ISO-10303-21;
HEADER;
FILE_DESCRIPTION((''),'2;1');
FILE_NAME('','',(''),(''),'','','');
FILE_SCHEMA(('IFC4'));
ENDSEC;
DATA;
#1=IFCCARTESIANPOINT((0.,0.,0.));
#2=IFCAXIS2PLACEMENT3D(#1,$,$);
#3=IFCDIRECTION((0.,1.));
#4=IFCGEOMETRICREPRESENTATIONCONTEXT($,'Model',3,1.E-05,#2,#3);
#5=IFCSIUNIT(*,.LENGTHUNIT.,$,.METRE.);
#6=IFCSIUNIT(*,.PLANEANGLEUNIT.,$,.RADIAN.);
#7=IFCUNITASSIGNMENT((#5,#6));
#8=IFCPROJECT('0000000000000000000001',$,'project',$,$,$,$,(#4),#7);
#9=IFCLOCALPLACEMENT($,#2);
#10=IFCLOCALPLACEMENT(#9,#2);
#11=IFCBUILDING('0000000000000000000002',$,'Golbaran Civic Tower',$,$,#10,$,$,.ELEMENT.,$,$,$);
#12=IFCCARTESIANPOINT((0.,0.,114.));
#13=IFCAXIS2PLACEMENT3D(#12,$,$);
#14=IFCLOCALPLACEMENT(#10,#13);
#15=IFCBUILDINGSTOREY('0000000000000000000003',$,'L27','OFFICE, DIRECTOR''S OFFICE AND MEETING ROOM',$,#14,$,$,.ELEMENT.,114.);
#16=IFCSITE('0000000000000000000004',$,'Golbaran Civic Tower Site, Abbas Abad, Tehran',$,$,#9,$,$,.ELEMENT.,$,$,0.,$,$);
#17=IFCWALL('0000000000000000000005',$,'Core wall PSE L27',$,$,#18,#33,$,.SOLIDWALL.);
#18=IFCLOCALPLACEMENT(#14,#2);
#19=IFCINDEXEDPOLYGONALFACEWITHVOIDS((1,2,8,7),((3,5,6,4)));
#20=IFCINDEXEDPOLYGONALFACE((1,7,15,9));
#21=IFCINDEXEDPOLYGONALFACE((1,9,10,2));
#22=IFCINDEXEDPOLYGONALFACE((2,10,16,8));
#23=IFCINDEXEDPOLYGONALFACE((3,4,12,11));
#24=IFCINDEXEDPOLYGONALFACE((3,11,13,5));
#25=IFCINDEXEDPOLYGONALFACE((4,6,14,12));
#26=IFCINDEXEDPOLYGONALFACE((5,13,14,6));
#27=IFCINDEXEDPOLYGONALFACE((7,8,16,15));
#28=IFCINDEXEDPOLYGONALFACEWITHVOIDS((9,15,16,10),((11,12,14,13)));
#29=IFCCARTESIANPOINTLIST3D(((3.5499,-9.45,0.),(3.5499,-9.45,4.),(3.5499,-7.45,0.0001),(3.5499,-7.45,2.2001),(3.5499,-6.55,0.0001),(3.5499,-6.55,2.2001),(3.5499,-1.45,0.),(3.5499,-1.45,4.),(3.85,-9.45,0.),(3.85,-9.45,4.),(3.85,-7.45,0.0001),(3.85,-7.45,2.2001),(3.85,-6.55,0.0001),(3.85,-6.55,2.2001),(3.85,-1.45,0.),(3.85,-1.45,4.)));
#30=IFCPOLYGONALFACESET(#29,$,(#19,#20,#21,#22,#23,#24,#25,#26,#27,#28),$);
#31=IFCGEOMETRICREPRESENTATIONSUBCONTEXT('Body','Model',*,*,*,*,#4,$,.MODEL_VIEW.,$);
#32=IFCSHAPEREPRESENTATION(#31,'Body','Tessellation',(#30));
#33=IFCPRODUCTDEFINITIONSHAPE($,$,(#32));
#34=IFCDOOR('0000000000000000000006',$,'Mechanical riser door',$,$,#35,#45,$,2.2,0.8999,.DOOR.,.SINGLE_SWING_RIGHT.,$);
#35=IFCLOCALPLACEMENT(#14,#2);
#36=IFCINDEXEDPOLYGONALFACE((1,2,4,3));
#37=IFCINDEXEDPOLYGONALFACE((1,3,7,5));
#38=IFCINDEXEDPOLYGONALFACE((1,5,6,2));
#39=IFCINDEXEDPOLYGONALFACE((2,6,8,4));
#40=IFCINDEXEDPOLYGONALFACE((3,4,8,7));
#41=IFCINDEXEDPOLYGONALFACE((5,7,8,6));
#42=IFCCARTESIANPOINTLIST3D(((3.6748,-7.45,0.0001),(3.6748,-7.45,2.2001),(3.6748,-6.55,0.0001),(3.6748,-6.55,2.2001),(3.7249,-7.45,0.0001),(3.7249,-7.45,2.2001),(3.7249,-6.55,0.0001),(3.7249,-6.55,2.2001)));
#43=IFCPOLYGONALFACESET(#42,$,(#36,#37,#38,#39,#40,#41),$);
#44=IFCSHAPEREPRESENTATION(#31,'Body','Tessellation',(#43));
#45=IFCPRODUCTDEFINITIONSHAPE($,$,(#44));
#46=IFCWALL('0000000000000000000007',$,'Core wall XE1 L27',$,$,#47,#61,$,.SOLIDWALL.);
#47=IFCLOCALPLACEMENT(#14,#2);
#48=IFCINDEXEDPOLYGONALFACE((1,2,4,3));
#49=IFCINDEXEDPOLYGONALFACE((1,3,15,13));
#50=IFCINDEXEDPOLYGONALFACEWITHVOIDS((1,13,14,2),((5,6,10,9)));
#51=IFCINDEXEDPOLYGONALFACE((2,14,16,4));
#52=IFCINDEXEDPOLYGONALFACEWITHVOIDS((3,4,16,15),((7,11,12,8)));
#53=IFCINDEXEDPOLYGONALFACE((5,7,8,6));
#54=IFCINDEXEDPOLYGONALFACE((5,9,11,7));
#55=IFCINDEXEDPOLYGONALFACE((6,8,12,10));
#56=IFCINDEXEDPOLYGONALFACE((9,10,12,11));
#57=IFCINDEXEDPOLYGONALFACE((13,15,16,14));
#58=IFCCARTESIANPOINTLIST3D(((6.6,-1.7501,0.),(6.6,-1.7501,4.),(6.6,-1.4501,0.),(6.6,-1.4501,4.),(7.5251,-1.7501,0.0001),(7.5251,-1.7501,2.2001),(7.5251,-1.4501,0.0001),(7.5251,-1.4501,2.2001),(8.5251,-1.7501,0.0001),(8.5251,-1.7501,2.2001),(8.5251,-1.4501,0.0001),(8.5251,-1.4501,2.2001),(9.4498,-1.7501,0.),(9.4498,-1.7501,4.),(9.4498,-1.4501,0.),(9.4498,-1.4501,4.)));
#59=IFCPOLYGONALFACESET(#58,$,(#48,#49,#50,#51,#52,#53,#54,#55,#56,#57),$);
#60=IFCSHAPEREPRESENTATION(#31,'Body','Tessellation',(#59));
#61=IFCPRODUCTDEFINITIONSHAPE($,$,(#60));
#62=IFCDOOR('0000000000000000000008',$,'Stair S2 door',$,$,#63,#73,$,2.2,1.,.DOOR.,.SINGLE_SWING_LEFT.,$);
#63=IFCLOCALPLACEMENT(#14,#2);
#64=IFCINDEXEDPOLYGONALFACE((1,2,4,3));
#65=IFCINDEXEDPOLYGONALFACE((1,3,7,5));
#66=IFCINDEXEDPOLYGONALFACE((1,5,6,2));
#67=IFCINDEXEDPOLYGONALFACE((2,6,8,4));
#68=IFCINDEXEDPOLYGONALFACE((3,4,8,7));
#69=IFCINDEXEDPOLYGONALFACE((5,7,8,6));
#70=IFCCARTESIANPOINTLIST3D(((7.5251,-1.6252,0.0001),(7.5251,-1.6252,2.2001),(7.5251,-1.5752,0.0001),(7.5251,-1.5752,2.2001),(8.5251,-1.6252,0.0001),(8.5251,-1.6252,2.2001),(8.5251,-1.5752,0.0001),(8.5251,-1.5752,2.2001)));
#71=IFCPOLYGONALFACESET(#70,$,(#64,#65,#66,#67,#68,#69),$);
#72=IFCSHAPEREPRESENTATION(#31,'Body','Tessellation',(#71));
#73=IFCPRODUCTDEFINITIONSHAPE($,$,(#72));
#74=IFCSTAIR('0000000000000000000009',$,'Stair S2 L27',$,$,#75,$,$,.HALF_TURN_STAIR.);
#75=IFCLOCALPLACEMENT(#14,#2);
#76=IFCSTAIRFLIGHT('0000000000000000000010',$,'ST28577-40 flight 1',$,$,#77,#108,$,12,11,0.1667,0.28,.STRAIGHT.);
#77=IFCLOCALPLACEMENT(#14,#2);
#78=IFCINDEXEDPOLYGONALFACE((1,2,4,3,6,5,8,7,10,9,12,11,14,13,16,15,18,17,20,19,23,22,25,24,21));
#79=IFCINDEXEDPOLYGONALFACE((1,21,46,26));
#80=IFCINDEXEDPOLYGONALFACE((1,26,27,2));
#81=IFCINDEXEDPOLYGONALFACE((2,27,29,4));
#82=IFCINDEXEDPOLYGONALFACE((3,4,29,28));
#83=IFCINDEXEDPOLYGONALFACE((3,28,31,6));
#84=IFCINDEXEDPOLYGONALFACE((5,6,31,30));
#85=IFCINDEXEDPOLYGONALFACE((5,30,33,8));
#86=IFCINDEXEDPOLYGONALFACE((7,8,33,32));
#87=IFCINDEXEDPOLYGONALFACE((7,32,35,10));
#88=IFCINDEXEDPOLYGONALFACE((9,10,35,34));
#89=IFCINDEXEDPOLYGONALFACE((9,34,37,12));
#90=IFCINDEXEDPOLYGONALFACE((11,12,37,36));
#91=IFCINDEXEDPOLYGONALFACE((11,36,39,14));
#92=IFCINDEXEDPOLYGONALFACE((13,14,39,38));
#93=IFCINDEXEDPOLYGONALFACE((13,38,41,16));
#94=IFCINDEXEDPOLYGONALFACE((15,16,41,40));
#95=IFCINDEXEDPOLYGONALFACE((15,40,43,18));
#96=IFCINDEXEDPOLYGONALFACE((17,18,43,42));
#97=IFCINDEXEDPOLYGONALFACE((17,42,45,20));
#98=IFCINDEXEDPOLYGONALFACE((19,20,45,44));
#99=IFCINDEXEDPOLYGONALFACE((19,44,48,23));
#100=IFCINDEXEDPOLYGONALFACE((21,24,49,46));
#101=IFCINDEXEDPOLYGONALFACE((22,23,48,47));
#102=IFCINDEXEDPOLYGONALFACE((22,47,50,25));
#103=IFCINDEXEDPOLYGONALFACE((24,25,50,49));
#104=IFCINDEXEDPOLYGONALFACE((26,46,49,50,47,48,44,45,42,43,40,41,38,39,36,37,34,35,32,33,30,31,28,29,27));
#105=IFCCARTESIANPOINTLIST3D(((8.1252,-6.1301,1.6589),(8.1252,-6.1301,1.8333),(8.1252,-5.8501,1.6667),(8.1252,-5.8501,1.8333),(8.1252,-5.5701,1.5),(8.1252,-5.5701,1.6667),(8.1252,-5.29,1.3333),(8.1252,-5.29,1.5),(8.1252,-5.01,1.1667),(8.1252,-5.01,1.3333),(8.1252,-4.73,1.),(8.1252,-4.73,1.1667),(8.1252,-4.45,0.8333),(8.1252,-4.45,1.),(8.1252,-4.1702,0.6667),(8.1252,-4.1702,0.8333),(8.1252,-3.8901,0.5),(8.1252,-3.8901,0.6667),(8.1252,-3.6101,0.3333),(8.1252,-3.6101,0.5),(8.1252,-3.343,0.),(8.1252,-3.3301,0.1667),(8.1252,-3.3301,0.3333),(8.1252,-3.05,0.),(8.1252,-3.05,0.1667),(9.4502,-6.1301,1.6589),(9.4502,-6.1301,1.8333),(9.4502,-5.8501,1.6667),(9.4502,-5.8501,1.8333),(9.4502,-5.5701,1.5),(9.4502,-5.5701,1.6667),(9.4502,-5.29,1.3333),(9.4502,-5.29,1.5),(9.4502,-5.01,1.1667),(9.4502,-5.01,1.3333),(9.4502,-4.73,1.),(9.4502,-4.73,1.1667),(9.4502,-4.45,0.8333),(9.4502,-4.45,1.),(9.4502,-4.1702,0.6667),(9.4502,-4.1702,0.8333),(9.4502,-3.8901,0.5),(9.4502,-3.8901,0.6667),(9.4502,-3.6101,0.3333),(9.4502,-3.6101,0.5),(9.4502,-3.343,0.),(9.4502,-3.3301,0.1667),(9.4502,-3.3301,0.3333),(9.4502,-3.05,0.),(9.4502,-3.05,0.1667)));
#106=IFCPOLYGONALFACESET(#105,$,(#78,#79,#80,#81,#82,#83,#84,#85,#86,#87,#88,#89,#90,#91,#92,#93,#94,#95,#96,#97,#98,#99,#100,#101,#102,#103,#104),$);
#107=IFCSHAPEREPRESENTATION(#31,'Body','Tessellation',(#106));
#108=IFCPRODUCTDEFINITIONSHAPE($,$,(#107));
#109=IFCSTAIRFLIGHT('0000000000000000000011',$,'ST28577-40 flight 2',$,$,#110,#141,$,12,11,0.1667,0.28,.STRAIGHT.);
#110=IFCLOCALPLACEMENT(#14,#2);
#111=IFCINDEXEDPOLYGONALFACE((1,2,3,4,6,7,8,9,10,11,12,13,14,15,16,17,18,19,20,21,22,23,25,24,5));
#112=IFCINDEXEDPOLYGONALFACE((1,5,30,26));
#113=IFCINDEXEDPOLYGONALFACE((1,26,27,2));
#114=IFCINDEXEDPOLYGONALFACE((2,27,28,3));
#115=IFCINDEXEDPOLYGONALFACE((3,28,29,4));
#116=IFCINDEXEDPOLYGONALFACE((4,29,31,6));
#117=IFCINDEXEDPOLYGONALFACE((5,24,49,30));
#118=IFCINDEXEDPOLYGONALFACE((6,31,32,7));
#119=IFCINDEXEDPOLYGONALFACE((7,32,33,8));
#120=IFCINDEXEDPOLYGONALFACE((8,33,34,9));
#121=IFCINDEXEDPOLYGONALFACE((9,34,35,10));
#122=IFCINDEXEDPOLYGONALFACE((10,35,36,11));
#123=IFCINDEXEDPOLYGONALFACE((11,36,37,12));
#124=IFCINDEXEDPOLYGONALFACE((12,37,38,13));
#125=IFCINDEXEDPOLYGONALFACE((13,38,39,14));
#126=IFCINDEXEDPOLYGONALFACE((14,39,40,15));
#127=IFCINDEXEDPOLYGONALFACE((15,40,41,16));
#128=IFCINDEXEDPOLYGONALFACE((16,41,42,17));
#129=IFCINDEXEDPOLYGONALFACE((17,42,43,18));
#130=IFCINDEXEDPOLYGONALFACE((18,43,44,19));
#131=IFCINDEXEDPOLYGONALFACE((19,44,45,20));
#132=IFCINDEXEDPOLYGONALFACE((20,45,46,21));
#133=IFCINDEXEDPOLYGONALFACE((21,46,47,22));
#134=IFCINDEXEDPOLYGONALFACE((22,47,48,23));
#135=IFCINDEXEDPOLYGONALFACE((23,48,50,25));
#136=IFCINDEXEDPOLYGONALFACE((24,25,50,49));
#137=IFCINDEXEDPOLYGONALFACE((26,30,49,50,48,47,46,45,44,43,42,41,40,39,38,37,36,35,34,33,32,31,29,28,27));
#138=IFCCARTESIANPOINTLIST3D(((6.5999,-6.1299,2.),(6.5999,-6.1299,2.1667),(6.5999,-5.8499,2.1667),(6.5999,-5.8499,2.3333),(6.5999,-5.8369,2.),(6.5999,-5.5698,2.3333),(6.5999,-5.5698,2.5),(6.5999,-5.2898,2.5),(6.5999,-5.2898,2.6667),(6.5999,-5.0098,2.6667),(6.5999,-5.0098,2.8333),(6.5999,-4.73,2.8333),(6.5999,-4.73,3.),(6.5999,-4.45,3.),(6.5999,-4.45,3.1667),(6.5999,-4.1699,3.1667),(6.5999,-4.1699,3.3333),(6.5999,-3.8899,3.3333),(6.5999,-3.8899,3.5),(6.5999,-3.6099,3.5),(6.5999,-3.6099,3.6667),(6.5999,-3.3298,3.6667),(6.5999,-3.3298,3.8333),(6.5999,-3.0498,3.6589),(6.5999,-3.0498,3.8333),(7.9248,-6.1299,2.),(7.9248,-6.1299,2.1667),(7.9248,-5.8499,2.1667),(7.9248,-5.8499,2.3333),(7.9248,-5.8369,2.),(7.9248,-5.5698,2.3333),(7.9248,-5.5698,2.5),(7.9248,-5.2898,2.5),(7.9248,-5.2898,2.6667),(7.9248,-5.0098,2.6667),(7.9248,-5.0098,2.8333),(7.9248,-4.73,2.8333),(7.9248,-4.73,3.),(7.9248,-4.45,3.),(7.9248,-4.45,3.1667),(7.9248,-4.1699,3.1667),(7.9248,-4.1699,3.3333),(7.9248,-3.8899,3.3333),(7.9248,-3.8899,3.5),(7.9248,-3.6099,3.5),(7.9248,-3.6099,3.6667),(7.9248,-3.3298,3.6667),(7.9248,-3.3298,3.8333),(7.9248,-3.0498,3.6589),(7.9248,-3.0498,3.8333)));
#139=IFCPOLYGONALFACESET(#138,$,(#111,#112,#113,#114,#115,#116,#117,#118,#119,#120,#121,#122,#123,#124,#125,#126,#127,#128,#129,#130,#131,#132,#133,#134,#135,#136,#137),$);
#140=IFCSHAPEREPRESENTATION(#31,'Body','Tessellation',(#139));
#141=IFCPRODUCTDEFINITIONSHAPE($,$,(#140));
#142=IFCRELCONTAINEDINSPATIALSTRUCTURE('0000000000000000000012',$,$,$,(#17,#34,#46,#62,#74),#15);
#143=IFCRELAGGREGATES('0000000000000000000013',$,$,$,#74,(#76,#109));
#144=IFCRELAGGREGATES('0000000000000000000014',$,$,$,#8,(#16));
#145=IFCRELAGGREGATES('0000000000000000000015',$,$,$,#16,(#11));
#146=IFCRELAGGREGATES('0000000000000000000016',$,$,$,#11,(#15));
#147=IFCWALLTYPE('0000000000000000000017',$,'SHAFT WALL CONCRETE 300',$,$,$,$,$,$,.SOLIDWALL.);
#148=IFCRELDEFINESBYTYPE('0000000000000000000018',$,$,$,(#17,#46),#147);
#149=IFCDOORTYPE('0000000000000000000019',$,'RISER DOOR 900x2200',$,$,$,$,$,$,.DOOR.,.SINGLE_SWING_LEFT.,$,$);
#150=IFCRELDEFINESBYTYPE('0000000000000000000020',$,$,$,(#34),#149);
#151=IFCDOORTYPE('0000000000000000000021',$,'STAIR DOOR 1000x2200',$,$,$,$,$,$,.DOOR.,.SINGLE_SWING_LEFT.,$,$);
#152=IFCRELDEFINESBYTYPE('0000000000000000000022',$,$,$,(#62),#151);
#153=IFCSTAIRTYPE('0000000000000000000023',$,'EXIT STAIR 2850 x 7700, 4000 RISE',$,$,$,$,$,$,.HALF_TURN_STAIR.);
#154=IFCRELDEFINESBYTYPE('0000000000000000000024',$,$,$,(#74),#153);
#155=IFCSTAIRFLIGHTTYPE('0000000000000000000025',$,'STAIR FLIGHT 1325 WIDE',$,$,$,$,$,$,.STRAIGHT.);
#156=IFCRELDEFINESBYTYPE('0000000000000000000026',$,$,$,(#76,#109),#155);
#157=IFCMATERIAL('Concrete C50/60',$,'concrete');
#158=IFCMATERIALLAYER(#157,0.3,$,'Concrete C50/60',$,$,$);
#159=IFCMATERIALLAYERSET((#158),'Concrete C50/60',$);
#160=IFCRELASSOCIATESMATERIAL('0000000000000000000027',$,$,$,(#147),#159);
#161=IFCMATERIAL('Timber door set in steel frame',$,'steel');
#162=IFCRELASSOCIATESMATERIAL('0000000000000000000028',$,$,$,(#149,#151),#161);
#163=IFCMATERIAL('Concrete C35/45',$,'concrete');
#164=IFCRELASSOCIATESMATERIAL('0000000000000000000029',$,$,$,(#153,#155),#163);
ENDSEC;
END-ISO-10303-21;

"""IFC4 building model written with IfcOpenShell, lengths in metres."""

from ifc_helpers import new_model, si_unit, direction, frame, frame_2d, origin, place, context, subcontext, project, spatial, polyline, rectangle, outline, extrude, material, layer, layer_set, type_object, element, fill, aggregate, save


model = new_model("IFC4")

# Units and contexts
model_context = context("Model", 3, precision=1e-05, world=origin(), true_north=direction((0.0, 1.0)))
body_context = subcontext(model_context, "Body", "Model", "MODEL_VIEW")
ifc_project = project(units=[si_unit("LENGTHUNIT", "METRE"), si_unit("PLANEANGLEUNIT", "RADIAN")], contexts=[model_context])

# Site, building, storey
site_placement = place(None, origin())
site = spatial("IfcSite", under=ifc_project, at=site_placement, Name="Golbaran Civic Tower Site, Abbas Abad, Tehran", CompositionType="ELEMENT", RefElevation=0.0)
building_placement = place(site_placement, origin())
building = spatial("IfcBuilding", under=site, at=building_placement, Name="Golbaran Civic Tower", CompositionType="ELEMENT")
storey_placement = place(building_placement, frame((0.0, 0.0, 114.0)))
storey = spatial("IfcBuildingStorey", under=building, at=storey_placement, Name="L27", Description="OFFICE, DIRECTOR'S OFFICE AND MEETING ROOM", CompositionType="ELEMENT", Elevation=114.0)

# Shared definitions
ifc_material_1 = material(Name="Concrete C35/45", Category="concrete")

# Shared definitions
ifc_material_2 = material(Name="Concrete C50/60", Category="concrete")

# Shared definitions
ifc_material_3 = material(Name="Timber door set in steel frame", Category="steel")

# Shared definitions
ifc_layer_1 = layer(ifc_material_2, 0.3, Name="Concrete C50/60")
ifc_layer_set_1 = layer_set([ifc_layer_1], Name="Concrete C50/60")
wall_type_1 = type_object("IfcWallType", Name="SHAFT WALL CONCRETE 300", PredefinedType="SOLIDWALL", material=ifc_layer_set_1)

# Shared definitions
door_type_1 = type_object("IfcDoorType", Name="RISER DOOR 900x2200", OperationType="SINGLE_SWING_LEFT", PredefinedType="DOOR", material=ifc_material_3)
door_type_2 = type_object("IfcDoorType", Name="STAIR DOOR 1000x2200", OperationType="SINGLE_SWING_LEFT", PredefinedType="DOOR", material=ifc_material_3)

# Walls, openings, doors
wall_1_placement = place(storey_placement, frame((3.7, -1.45, 0.0), z_axis=(0.0, 0.0, 1.0), x_axis=(0.0, -1.0, 0.0)))
wall_1 = element("IfcWall", 1, at=wall_1_placement, inside=storey, type_object=wall_type_1, Name="Core wall PSE L27", PredefinedType="SOLIDWALL", context=body_context, shape_type="SweptSolid", body=[
    extrude(rectangle(XDim=8.0, YDim=0.3, at=frame_2d((4.0, 0.0))), origin(), (0.0, 0.0, 1.0), 4.0),
])
opening_1_placement = place(wall_1_placement, frame((5.1001, 0.0, 0.0)))
opening_1 = element("IfcOpeningElement", 2, at=opening_1_placement, cuts=wall_1, PredefinedType="OPENING", context=body_context, shape_type="SweptSolid", body=[
    extrude(rectangle(XDim=0.8999, YDim=2.2, at=frame_2d((0.45, 1.1001))), frame((0.0, 0.1599, 0.0), z_axis=(0.0, -1.0, 0.0), x_axis=(1.0, 0.0, 0.0)), (0.0, 0.0, 1.0), 0.3201),
])
door_1_placement = place(opening_1_placement, origin())
door_1 = element("IfcDoor", 3, at=door_1_placement, inside=storey, type_object=door_type_1, Name="Mechanical riser door", OperationType="SINGLE_SWING_RIGHT", OverallHeight=2.2, OverallWidth=0.8999, PredefinedType="DOOR", context=body_context, shape_type="SweptSolid", body=[
    extrude(rectangle(XDim=0.8999, YDim=2.2, at=frame_2d((0.45, 1.1001))), frame((0.0, 0.0249, 0.0), z_axis=(0.0, -1.0, 0.0), x_axis=(1.0, 0.0, 0.0)), (0.0, 0.0, 1.0), 0.05),
])
fill(opening_1, door_1)
wall_2_placement = place(storey_placement, frame((6.6001, -1.6001, 0.0), z_axis=(0.0, 0.0, 1.0), x_axis=(1.0, 0.0, 0.0)))
wall_2 = element("IfcWall", 4, at=wall_2_placement, inside=storey, type_object=wall_type_1, Name="Core wall XE1 L27", PredefinedType="SOLIDWALL", context=body_context, shape_type="SweptSolid", body=[
    extrude(rectangle(XDim=2.8499, YDim=0.3, at=frame_2d((1.4248, 0.0))), origin(), (0.0, 0.0, 1.0), 4.0),
])
opening_2_placement = place(wall_2_placement, frame((0.925, 0.0, 0.0)))
opening_2 = element("IfcOpeningElement", 5, at=opening_2_placement, cuts=wall_2, PredefinedType="OPENING", context=body_context, shape_type="SweptSolid", body=[
    extrude(rectangle(XDim=1.0, YDim=2.2, at=frame_2d((0.5, 1.1001))), frame((0.0, 0.1599, 0.0), z_axis=(0.0, -1.0, 0.0), x_axis=(1.0, 0.0, 0.0)), (0.0, 0.0, 1.0), 0.3201),
])
door_2_placement = place(opening_2_placement, origin())
door_2 = element("IfcDoor", 6, at=door_2_placement, inside=storey, type_object=door_type_2, Name="Stair S2 door", OperationType="SINGLE_SWING_LEFT", OverallHeight=2.2, OverallWidth=1.0, PredefinedType="DOOR", context=body_context, shape_type="SweptSolid", body=[
    extrude(rectangle(XDim=1.0, YDim=2.2, at=frame_2d((0.5, 1.1001))), frame((0.0, 0.0249, 0.0), z_axis=(0.0, -1.0, 0.0), x_axis=(1.0, 0.0, 0.0)), (0.0, 0.0, 1.0), 0.05),
])
fill(opening_2, door_2)

# Stair, stair flights
stair_type = type_object("IfcStairType", Name="EXIT STAIR 2850 x 7700, 4000 RISE", PredefinedType="HALF_TURN_STAIR", material=ifc_material_1)
stair_placement = place(storey_placement, origin())
stair = element("IfcStair", 7, at=stair_placement, inside=storey, type_object=stair_type, Name="Stair S2 L27", PredefinedType="HALF_TURN_STAIR")
stair_flight_type = type_object("IfcStairFlightType", Name="STAIR FLIGHT 1325 WIDE", PredefinedType="STRAIGHT", material=ifc_material_1)
stair_flight_1_placement = place(storey_placement, frame((8.7876, -3.05, 0.0), z_axis=(0.0, 0.0, 1.0), x_axis=(0.0, -1.0, 0.0)))
stair_flight_1 = element("IfcStairFlight", 8, at=stair_flight_1_placement, type_object=stair_flight_type, Name="ST28577-40 flight 1", NumberOfRisers=12, NumberOfTreads=11, PredefinedType="STRAIGHT", RiserHeight=0.1667, TreadLength=0.28, context=body_context, shape_type="SweptSolid", body=[
    extrude(outline(polyline([(0.0, 0.0), (0.0, 0.1667), (0.28, 0.1667), (0.28, 0.3333), (0.5601, 0.3333), (0.5601, 0.5), (0.8401, 0.5), (0.8401, 0.6667), (1.1201, 0.6667), (1.1201, 0.8333), (1.3999, 0.8333), (1.3999, 1.0), (1.6799, 1.0), (1.6799, 1.1667), (1.96, 1.1667), (1.96, 1.3333), (2.24, 1.3333), (2.24, 1.5), (2.52, 1.5), (2.52, 1.6667), (2.8, 1.6667), (2.8, 1.8333), (3.0801, 1.8333), (3.0801, 2.0), (3.0801, 1.6589), (0.293, 0.0), (0.0, 0.0)])), frame((0.0, 0.6626, 0.0), z_axis=(0.0, -1.0, 0.0), x_axis=(1.0, 0.0, 0.0)), (0.0, 0.0, 1.0), 1.325),
])
stair_flight_2_placement = place(storey_placement, frame((7.2625, -6.1299, 2.0), z_axis=(0.0, 0.0, 1.0), x_axis=(0.0, 1.0, 0.0)))
stair_flight_2 = element("IfcStairFlight", 9, at=stair_flight_2_placement, type_object=stair_flight_type, Name="ST28577-40 flight 2", NumberOfRisers=12, NumberOfTreads=11, PredefinedType="STRAIGHT", RiserHeight=0.1667, TreadLength=0.28, context=body_context, shape_type="SweptSolid", body=[
    extrude(outline(polyline([(0.0, 0.0), (0.0, 0.1667), (0.28, 0.1667), (0.28, 0.3333), (0.5601, 0.3333), (0.5601, 0.5), (0.8401, 0.5), (0.8401, 0.6667), (1.1201, 0.6667), (1.1201, 0.8333), (1.3999, 0.8333), (1.3999, 1.0), (1.6799, 1.0), (1.6799, 1.1667), (1.96, 1.1667), (1.96, 1.3333), (2.24, 1.3333), (2.24, 1.5), (2.52, 1.5), (2.52, 1.6667), (2.8, 1.6667), (2.8, 1.8333), (3.0801, 1.8333), (3.0801, 2.0), (3.0801, 1.6589), (0.293, 0.0), (0.0, 0.0)])), frame((0.0, 0.6626, 0.0), z_axis=(0.0, -1.0, 0.0), x_axis=(1.0, 0.0, 0.0)), (0.0, 0.0, 1.0), 1.325),
])
aggregate(stair, [stair_flight_1, stair_flight_2])

save(model, "model.ifc")
